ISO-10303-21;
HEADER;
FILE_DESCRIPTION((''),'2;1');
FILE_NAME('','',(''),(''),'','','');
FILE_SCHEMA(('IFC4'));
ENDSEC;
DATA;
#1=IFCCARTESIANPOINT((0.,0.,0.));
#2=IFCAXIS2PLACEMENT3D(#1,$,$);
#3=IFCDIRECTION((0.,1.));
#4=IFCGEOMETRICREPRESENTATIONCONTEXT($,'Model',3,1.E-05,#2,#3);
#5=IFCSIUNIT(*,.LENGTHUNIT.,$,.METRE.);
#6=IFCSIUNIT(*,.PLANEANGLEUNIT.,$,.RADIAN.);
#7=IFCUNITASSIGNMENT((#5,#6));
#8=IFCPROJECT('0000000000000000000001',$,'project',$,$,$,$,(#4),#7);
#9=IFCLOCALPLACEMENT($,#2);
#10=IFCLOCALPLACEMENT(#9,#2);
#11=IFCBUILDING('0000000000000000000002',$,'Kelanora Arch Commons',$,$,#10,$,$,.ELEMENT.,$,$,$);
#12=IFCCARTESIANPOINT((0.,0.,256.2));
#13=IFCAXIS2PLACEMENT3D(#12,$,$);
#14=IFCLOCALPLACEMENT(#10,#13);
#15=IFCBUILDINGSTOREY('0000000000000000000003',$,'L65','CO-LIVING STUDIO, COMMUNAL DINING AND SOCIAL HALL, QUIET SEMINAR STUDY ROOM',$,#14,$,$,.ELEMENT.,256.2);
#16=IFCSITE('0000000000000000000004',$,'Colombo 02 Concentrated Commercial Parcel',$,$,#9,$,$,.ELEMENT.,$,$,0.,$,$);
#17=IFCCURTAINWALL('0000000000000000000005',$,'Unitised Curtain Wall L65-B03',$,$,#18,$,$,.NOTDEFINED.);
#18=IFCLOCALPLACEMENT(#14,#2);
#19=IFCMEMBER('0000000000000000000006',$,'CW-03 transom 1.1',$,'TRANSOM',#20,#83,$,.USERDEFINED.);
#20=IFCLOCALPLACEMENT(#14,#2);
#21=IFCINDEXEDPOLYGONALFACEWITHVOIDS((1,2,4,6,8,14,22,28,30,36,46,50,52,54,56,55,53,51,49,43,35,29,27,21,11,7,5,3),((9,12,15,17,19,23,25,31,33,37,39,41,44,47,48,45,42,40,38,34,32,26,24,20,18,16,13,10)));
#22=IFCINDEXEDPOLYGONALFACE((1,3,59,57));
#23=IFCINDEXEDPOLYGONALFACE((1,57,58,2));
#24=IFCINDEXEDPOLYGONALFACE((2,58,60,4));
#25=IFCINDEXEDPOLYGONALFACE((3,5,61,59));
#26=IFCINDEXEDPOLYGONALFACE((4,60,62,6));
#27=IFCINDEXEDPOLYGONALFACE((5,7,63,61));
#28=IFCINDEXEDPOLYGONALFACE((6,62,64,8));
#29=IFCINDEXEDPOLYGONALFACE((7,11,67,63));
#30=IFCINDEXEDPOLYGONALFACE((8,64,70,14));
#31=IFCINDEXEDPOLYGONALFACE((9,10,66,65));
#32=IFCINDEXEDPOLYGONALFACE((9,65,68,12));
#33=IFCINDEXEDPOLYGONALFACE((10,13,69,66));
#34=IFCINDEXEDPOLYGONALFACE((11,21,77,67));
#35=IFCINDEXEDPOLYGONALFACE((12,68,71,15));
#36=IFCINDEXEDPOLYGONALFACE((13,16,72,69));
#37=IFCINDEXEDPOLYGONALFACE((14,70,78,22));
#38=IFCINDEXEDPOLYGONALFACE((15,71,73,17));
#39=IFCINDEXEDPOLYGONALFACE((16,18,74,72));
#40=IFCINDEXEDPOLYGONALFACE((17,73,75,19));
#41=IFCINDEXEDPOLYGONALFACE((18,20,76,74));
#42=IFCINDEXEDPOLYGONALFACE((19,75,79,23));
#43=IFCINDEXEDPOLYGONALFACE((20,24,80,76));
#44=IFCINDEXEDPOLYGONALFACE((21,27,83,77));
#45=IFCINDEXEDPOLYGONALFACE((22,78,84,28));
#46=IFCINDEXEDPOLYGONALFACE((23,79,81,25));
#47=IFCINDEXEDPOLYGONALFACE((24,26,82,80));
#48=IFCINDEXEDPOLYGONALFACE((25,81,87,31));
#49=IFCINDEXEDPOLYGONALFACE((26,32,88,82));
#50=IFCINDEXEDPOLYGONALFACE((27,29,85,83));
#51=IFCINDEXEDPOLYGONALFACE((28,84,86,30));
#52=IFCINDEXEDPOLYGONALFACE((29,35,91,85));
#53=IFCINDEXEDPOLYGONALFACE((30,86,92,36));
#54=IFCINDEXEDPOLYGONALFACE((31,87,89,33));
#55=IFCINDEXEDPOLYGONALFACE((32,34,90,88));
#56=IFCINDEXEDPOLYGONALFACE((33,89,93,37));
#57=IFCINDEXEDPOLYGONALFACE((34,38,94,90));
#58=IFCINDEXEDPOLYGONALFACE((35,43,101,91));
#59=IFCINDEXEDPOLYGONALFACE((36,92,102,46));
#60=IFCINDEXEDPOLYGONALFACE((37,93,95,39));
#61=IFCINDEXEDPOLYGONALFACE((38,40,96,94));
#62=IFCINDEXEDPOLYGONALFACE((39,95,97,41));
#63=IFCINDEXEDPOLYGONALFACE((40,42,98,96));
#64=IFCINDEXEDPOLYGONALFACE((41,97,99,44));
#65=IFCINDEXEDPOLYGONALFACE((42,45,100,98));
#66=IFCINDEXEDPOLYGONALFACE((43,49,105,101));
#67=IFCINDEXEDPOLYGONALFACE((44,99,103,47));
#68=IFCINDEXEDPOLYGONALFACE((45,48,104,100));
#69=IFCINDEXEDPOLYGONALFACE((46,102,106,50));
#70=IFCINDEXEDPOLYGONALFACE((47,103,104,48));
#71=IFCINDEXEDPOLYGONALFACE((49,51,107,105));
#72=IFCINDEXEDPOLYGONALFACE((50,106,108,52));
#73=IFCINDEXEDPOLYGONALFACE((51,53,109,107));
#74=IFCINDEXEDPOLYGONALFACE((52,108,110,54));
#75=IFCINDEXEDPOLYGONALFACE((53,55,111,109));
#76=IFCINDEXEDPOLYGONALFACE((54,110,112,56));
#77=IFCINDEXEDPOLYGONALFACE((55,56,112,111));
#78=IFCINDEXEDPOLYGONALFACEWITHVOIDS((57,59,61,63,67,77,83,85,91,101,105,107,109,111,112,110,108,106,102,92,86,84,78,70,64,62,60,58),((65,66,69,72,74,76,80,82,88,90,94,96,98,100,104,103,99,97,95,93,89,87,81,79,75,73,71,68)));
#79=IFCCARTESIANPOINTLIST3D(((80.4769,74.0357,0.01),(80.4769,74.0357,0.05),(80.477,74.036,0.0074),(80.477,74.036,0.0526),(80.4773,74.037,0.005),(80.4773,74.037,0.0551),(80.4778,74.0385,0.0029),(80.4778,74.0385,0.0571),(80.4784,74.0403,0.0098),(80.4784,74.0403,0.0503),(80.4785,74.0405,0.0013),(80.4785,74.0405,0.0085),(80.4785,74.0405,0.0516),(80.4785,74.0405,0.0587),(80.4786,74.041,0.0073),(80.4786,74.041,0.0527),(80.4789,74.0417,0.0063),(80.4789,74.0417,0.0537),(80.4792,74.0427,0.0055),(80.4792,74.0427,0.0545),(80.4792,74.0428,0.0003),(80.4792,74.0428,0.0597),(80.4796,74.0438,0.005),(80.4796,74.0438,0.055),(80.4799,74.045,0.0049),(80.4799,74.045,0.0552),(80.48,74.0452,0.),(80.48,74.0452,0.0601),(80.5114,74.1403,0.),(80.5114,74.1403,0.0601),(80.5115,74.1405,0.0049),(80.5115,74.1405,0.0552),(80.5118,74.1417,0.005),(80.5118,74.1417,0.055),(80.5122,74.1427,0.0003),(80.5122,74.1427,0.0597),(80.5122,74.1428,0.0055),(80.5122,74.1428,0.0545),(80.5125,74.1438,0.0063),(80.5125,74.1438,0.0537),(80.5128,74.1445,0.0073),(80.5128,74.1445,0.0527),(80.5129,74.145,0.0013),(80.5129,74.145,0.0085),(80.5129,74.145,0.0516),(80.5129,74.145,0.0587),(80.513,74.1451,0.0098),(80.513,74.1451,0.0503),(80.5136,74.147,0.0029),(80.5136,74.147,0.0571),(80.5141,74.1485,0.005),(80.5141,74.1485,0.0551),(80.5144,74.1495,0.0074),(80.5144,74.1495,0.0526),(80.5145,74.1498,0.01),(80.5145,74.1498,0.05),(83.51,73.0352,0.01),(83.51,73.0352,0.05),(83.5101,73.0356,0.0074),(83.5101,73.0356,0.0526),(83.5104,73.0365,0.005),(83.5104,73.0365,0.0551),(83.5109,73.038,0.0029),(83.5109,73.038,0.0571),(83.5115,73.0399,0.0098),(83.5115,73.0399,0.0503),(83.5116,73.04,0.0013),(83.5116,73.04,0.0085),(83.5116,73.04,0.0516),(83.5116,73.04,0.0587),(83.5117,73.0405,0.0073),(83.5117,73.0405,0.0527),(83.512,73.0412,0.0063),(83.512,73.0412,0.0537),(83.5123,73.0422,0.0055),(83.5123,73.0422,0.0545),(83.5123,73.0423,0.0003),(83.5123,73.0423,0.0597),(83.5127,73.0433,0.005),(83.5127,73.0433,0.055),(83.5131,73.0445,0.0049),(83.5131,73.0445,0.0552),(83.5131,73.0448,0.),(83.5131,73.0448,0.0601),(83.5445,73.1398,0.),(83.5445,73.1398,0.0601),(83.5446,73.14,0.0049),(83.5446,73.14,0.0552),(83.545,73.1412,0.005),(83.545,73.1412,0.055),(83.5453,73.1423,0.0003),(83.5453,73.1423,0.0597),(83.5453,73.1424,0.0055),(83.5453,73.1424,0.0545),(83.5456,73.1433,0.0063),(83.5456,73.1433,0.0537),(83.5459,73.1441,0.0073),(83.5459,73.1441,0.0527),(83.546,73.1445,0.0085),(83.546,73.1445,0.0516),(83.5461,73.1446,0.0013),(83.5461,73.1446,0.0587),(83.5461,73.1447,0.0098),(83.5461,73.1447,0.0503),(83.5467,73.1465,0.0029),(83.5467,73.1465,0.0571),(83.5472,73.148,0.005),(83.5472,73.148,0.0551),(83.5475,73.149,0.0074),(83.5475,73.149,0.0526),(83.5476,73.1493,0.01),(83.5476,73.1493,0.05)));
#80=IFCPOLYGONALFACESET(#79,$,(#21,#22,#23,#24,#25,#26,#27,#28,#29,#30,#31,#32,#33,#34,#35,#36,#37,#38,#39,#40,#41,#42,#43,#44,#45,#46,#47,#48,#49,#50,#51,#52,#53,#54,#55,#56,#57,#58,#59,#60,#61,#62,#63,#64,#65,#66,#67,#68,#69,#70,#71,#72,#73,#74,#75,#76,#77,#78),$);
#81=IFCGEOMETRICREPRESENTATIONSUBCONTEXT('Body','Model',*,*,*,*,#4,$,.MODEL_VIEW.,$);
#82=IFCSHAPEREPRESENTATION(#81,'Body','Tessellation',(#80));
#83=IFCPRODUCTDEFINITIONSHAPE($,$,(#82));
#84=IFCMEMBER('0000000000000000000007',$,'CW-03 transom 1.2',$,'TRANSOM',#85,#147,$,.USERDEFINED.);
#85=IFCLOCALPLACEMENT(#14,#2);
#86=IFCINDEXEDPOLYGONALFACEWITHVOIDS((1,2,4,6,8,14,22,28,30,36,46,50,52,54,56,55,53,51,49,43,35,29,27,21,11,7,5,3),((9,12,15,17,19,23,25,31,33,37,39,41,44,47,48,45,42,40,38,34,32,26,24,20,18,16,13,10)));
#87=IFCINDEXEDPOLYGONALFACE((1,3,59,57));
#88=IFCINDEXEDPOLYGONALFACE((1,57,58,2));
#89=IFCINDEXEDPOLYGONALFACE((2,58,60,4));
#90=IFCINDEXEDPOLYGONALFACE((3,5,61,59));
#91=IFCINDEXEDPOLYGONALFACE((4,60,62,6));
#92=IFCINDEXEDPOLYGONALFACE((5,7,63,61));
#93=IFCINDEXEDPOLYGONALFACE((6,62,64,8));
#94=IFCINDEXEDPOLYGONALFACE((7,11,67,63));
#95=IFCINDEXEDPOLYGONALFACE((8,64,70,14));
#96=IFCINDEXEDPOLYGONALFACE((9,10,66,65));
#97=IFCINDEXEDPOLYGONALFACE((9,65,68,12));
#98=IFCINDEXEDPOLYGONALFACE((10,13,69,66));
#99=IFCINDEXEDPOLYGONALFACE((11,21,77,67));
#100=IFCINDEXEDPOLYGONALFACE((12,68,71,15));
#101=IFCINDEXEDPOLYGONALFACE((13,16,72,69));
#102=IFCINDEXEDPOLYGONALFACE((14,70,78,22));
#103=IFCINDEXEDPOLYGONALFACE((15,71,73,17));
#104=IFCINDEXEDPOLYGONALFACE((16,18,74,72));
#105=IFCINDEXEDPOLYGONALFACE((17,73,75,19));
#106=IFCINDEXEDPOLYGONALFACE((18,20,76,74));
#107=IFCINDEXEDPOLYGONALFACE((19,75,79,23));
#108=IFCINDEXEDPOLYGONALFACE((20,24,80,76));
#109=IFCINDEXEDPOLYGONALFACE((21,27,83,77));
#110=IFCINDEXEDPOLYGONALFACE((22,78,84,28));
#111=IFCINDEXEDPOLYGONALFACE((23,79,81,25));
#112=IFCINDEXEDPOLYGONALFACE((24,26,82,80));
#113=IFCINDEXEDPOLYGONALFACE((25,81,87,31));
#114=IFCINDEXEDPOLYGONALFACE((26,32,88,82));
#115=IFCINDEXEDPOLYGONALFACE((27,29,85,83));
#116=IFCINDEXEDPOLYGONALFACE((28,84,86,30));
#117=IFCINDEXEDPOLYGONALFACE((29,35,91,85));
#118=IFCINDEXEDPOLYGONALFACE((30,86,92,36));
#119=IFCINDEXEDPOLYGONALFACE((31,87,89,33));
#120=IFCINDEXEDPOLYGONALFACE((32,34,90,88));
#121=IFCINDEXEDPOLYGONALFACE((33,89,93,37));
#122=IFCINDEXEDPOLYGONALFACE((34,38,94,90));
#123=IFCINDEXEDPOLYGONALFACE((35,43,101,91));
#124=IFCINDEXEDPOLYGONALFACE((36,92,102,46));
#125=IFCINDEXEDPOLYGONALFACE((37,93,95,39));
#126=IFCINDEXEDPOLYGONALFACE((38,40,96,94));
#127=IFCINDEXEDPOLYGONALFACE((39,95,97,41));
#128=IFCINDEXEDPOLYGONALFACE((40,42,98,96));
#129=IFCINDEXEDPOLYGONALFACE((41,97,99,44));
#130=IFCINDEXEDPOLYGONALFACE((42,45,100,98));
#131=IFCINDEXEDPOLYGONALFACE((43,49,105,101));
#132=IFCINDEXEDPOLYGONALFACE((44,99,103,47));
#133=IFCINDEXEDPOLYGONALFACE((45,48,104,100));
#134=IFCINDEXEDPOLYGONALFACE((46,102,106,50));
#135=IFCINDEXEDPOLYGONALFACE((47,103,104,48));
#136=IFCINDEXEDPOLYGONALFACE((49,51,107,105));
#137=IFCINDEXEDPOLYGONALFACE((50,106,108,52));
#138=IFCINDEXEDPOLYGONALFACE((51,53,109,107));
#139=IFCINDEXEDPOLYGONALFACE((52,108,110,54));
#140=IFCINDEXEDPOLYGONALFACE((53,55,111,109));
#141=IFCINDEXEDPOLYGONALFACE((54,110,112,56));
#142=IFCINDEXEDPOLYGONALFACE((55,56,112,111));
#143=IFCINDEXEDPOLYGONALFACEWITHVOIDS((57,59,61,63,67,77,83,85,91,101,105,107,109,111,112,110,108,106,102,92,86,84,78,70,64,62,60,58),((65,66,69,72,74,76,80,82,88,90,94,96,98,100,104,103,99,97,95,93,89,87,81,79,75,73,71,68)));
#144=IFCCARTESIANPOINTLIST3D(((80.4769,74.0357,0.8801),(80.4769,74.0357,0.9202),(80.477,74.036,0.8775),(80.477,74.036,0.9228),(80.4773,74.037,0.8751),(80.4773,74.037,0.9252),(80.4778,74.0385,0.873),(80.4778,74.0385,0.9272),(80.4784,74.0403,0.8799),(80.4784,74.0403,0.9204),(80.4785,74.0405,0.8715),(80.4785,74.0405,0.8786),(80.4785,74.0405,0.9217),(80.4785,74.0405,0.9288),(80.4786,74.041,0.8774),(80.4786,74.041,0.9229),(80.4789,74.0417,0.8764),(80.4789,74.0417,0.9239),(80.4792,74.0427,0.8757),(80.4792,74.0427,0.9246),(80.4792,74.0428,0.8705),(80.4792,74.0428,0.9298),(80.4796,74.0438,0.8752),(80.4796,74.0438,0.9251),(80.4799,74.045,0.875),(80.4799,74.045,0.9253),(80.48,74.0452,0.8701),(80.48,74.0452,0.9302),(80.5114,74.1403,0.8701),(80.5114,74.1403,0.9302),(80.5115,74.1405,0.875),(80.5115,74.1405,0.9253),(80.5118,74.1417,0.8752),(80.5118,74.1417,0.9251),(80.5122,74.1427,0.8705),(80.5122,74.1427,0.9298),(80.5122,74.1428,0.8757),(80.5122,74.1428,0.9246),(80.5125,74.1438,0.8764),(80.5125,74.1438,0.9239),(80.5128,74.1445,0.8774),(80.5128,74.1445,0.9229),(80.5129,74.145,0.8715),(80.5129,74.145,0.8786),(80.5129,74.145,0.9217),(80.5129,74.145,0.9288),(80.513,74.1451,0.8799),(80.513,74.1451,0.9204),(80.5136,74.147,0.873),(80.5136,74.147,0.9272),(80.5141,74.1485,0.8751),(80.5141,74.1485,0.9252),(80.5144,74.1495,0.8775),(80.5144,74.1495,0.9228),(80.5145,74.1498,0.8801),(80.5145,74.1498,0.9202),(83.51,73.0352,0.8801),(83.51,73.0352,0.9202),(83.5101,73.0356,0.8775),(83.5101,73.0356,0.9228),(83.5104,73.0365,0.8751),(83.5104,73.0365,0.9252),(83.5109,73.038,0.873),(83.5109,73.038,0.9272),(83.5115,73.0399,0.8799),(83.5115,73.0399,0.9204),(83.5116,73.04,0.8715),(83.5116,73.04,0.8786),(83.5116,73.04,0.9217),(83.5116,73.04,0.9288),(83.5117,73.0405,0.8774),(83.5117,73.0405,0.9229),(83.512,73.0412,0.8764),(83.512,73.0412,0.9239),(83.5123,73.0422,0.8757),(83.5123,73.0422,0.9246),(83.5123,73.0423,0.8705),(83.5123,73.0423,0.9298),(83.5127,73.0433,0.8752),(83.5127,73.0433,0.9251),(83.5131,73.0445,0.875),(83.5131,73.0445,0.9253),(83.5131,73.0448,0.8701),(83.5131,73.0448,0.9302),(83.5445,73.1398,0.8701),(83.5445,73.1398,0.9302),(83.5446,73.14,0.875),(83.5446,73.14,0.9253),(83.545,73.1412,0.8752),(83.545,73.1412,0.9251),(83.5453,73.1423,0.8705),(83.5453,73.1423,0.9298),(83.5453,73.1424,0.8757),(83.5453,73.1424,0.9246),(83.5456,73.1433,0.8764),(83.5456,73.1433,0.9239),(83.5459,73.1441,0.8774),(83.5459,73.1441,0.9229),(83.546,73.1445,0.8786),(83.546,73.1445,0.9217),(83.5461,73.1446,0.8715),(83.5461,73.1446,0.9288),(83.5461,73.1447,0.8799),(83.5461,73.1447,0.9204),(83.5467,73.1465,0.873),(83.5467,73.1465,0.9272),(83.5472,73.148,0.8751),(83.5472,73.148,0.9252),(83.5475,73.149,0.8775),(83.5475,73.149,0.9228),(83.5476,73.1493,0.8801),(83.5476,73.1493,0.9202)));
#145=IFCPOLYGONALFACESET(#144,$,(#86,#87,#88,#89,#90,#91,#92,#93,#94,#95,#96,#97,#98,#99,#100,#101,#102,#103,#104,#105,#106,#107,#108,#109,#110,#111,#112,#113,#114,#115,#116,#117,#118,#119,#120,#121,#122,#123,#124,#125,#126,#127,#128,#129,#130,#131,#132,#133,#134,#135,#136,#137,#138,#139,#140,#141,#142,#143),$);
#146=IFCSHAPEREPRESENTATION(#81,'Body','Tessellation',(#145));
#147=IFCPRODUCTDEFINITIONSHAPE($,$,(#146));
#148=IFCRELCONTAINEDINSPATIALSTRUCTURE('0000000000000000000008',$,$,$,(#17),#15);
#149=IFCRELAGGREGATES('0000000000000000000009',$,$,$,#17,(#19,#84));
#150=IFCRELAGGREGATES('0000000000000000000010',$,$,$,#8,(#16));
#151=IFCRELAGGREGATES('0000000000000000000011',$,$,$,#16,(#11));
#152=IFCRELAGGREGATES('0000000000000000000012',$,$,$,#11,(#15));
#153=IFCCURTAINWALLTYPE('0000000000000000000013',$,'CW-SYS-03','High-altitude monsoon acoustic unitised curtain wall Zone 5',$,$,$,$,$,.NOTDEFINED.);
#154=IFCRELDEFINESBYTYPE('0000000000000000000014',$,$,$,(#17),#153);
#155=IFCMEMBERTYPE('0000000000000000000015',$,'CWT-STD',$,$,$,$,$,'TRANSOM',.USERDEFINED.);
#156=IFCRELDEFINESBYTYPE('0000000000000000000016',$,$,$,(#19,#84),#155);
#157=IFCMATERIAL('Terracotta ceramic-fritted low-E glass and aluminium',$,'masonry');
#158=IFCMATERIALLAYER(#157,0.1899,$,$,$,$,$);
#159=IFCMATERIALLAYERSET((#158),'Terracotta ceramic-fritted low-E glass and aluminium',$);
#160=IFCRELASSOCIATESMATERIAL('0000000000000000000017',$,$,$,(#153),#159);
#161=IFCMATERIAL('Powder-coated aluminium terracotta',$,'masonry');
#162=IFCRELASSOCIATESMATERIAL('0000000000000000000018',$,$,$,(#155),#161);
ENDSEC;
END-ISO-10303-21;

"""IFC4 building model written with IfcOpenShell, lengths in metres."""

from ifc_helpers import new_model, si_unit, direction, frame, origin, origin_2d, place, context, subcontext, project, spatial, hollow_rectangle, extrude, material, layer, layer_set, material_profile, profile_set, type_object, element, aggregate, save


model = new_model("IFC4")

# Units and contexts
model_context = context("Model", 3, precision=1e-05, world=origin(), true_north=direction((0.0, 1.0)))
body_context = subcontext(model_context, "Body", "Model", "MODEL_VIEW")
ifc_project = project(units=[si_unit("LENGTHUNIT", "METRE"), si_unit("PLANEANGLEUNIT", "RADIAN")], contexts=[model_context])

# Site, building, storey
site_placement = place(None, origin())
site = spatial("IfcSite", under=ifc_project, at=site_placement, Name="Colombo 02 Concentrated Commercial Parcel", CompositionType="ELEMENT", RefElevation=0.0)
building_placement = place(site_placement, origin())
building = spatial("IfcBuilding", under=site, at=building_placement, Name="Kelanora Arch Commons", CompositionType="ELEMENT")
storey_placement = place(building_placement, frame((0.0, 0.0, 256.2)))
storey = spatial("IfcBuildingStorey", under=building, at=storey_placement, Name="L65", Description="CO-LIVING STUDIO, COMMUNAL DINING AND SOCIAL HALL, QUIET SEMINAR STUDY ROOM", CompositionType="ELEMENT", Elevation=256.2)

# Shared definitions
ifc_material_1 = material(Name="Terracotta ceramic-fritted low-E glass and aluminium", Category="masonry")
ifc_layer_1 = layer(ifc_material_1, 0.1899)
ifc_layer_set_1 = layer_set([ifc_layer_1], Name="Terracotta ceramic-fritted low-E glass and aluminium")
curtain_wall_type = type_object("IfcCurtainWallType", Name="CW-SYS-03", Description="High-altitude monsoon acoustic unitised curtain wall Zone 5", PredefinedType="NOTDEFINED", material=ifc_layer_set_1)
ifc_material_2 = material(Name="Powder-coated aluminium terracotta", Category="masonry")

# Curtain wall, members
curtain_wall_1_placement = place(storey_placement, origin())
curtain_wall_1 = element("IfcCurtainWall", 1, at=curtain_wall_1_placement, inside=storey, type_object=curtain_wall_type, Name="Unitised Curtain Wall L65-B03", PredefinedType="NOTDEFINED")
ifc_material_profile_1 = material_profile(ifc_material_2, hollow_rectangle(XDim=0.1201, YDim=0.0601, WallThickness=0.0049, InnerFilletRadius=0.0049, OuterFilletRadius=0.01, at=origin_2d()), Name="CWT120x60")
ifc_profile_set_1 = profile_set([ifc_material_profile_1], Name="Powder-coated aluminium terracotta")
member_type_1 = type_object("IfcMemberType", Name="CWT-STD", ElementType="TRANSOM", PredefinedType="USERDEFINED", material=ifc_profile_set_1)
member_1_placement = place(storey_placement, frame((83.5288, 73.0923, 0.03), z_axis=(-0.949672, 0.313245, 0.0), x_axis=(-0.313245, -0.949672, 0.0)))
member_1 = element("IfcMember", 2, at=member_1_placement, type_object=member_type_1, Name="CW-03 transom 1.1", ObjectType="TRANSOM", PredefinedType="USERDEFINED", context=body_context, shape_type="SweptSolid", body=[
    extrude(hollow_rectangle(XDim=0.1201, YDim=0.0601, WallThickness=0.0049, InnerFilletRadius=0.0049, OuterFilletRadius=0.01, at=origin_2d()), origin(), (0.0, 0.0, 1.0), 3.1938),
])
member_2_placement = place(storey_placement, frame((83.5288, 73.0923, 0.9001), z_axis=(-0.949672, 0.313245, 0.0), x_axis=(-0.313245, -0.949672, 0.0)))
member_2 = element("IfcMember", 3, at=member_2_placement, type_object=member_type_1, Name="CW-03 transom 1.2", ObjectType="TRANSOM", PredefinedType="USERDEFINED", context=body_context, shape_type="SweptSolid", body=[
    extrude(hollow_rectangle(XDim=0.1201, YDim=0.0601, WallThickness=0.0049, InnerFilletRadius=0.0049, OuterFilletRadius=0.01, at=origin_2d()), origin(), (0.0, 0.0, 1.0), 3.1938),
])
aggregate(curtain_wall_1, [member_1, member_2])

save(model, "model.ifc")
